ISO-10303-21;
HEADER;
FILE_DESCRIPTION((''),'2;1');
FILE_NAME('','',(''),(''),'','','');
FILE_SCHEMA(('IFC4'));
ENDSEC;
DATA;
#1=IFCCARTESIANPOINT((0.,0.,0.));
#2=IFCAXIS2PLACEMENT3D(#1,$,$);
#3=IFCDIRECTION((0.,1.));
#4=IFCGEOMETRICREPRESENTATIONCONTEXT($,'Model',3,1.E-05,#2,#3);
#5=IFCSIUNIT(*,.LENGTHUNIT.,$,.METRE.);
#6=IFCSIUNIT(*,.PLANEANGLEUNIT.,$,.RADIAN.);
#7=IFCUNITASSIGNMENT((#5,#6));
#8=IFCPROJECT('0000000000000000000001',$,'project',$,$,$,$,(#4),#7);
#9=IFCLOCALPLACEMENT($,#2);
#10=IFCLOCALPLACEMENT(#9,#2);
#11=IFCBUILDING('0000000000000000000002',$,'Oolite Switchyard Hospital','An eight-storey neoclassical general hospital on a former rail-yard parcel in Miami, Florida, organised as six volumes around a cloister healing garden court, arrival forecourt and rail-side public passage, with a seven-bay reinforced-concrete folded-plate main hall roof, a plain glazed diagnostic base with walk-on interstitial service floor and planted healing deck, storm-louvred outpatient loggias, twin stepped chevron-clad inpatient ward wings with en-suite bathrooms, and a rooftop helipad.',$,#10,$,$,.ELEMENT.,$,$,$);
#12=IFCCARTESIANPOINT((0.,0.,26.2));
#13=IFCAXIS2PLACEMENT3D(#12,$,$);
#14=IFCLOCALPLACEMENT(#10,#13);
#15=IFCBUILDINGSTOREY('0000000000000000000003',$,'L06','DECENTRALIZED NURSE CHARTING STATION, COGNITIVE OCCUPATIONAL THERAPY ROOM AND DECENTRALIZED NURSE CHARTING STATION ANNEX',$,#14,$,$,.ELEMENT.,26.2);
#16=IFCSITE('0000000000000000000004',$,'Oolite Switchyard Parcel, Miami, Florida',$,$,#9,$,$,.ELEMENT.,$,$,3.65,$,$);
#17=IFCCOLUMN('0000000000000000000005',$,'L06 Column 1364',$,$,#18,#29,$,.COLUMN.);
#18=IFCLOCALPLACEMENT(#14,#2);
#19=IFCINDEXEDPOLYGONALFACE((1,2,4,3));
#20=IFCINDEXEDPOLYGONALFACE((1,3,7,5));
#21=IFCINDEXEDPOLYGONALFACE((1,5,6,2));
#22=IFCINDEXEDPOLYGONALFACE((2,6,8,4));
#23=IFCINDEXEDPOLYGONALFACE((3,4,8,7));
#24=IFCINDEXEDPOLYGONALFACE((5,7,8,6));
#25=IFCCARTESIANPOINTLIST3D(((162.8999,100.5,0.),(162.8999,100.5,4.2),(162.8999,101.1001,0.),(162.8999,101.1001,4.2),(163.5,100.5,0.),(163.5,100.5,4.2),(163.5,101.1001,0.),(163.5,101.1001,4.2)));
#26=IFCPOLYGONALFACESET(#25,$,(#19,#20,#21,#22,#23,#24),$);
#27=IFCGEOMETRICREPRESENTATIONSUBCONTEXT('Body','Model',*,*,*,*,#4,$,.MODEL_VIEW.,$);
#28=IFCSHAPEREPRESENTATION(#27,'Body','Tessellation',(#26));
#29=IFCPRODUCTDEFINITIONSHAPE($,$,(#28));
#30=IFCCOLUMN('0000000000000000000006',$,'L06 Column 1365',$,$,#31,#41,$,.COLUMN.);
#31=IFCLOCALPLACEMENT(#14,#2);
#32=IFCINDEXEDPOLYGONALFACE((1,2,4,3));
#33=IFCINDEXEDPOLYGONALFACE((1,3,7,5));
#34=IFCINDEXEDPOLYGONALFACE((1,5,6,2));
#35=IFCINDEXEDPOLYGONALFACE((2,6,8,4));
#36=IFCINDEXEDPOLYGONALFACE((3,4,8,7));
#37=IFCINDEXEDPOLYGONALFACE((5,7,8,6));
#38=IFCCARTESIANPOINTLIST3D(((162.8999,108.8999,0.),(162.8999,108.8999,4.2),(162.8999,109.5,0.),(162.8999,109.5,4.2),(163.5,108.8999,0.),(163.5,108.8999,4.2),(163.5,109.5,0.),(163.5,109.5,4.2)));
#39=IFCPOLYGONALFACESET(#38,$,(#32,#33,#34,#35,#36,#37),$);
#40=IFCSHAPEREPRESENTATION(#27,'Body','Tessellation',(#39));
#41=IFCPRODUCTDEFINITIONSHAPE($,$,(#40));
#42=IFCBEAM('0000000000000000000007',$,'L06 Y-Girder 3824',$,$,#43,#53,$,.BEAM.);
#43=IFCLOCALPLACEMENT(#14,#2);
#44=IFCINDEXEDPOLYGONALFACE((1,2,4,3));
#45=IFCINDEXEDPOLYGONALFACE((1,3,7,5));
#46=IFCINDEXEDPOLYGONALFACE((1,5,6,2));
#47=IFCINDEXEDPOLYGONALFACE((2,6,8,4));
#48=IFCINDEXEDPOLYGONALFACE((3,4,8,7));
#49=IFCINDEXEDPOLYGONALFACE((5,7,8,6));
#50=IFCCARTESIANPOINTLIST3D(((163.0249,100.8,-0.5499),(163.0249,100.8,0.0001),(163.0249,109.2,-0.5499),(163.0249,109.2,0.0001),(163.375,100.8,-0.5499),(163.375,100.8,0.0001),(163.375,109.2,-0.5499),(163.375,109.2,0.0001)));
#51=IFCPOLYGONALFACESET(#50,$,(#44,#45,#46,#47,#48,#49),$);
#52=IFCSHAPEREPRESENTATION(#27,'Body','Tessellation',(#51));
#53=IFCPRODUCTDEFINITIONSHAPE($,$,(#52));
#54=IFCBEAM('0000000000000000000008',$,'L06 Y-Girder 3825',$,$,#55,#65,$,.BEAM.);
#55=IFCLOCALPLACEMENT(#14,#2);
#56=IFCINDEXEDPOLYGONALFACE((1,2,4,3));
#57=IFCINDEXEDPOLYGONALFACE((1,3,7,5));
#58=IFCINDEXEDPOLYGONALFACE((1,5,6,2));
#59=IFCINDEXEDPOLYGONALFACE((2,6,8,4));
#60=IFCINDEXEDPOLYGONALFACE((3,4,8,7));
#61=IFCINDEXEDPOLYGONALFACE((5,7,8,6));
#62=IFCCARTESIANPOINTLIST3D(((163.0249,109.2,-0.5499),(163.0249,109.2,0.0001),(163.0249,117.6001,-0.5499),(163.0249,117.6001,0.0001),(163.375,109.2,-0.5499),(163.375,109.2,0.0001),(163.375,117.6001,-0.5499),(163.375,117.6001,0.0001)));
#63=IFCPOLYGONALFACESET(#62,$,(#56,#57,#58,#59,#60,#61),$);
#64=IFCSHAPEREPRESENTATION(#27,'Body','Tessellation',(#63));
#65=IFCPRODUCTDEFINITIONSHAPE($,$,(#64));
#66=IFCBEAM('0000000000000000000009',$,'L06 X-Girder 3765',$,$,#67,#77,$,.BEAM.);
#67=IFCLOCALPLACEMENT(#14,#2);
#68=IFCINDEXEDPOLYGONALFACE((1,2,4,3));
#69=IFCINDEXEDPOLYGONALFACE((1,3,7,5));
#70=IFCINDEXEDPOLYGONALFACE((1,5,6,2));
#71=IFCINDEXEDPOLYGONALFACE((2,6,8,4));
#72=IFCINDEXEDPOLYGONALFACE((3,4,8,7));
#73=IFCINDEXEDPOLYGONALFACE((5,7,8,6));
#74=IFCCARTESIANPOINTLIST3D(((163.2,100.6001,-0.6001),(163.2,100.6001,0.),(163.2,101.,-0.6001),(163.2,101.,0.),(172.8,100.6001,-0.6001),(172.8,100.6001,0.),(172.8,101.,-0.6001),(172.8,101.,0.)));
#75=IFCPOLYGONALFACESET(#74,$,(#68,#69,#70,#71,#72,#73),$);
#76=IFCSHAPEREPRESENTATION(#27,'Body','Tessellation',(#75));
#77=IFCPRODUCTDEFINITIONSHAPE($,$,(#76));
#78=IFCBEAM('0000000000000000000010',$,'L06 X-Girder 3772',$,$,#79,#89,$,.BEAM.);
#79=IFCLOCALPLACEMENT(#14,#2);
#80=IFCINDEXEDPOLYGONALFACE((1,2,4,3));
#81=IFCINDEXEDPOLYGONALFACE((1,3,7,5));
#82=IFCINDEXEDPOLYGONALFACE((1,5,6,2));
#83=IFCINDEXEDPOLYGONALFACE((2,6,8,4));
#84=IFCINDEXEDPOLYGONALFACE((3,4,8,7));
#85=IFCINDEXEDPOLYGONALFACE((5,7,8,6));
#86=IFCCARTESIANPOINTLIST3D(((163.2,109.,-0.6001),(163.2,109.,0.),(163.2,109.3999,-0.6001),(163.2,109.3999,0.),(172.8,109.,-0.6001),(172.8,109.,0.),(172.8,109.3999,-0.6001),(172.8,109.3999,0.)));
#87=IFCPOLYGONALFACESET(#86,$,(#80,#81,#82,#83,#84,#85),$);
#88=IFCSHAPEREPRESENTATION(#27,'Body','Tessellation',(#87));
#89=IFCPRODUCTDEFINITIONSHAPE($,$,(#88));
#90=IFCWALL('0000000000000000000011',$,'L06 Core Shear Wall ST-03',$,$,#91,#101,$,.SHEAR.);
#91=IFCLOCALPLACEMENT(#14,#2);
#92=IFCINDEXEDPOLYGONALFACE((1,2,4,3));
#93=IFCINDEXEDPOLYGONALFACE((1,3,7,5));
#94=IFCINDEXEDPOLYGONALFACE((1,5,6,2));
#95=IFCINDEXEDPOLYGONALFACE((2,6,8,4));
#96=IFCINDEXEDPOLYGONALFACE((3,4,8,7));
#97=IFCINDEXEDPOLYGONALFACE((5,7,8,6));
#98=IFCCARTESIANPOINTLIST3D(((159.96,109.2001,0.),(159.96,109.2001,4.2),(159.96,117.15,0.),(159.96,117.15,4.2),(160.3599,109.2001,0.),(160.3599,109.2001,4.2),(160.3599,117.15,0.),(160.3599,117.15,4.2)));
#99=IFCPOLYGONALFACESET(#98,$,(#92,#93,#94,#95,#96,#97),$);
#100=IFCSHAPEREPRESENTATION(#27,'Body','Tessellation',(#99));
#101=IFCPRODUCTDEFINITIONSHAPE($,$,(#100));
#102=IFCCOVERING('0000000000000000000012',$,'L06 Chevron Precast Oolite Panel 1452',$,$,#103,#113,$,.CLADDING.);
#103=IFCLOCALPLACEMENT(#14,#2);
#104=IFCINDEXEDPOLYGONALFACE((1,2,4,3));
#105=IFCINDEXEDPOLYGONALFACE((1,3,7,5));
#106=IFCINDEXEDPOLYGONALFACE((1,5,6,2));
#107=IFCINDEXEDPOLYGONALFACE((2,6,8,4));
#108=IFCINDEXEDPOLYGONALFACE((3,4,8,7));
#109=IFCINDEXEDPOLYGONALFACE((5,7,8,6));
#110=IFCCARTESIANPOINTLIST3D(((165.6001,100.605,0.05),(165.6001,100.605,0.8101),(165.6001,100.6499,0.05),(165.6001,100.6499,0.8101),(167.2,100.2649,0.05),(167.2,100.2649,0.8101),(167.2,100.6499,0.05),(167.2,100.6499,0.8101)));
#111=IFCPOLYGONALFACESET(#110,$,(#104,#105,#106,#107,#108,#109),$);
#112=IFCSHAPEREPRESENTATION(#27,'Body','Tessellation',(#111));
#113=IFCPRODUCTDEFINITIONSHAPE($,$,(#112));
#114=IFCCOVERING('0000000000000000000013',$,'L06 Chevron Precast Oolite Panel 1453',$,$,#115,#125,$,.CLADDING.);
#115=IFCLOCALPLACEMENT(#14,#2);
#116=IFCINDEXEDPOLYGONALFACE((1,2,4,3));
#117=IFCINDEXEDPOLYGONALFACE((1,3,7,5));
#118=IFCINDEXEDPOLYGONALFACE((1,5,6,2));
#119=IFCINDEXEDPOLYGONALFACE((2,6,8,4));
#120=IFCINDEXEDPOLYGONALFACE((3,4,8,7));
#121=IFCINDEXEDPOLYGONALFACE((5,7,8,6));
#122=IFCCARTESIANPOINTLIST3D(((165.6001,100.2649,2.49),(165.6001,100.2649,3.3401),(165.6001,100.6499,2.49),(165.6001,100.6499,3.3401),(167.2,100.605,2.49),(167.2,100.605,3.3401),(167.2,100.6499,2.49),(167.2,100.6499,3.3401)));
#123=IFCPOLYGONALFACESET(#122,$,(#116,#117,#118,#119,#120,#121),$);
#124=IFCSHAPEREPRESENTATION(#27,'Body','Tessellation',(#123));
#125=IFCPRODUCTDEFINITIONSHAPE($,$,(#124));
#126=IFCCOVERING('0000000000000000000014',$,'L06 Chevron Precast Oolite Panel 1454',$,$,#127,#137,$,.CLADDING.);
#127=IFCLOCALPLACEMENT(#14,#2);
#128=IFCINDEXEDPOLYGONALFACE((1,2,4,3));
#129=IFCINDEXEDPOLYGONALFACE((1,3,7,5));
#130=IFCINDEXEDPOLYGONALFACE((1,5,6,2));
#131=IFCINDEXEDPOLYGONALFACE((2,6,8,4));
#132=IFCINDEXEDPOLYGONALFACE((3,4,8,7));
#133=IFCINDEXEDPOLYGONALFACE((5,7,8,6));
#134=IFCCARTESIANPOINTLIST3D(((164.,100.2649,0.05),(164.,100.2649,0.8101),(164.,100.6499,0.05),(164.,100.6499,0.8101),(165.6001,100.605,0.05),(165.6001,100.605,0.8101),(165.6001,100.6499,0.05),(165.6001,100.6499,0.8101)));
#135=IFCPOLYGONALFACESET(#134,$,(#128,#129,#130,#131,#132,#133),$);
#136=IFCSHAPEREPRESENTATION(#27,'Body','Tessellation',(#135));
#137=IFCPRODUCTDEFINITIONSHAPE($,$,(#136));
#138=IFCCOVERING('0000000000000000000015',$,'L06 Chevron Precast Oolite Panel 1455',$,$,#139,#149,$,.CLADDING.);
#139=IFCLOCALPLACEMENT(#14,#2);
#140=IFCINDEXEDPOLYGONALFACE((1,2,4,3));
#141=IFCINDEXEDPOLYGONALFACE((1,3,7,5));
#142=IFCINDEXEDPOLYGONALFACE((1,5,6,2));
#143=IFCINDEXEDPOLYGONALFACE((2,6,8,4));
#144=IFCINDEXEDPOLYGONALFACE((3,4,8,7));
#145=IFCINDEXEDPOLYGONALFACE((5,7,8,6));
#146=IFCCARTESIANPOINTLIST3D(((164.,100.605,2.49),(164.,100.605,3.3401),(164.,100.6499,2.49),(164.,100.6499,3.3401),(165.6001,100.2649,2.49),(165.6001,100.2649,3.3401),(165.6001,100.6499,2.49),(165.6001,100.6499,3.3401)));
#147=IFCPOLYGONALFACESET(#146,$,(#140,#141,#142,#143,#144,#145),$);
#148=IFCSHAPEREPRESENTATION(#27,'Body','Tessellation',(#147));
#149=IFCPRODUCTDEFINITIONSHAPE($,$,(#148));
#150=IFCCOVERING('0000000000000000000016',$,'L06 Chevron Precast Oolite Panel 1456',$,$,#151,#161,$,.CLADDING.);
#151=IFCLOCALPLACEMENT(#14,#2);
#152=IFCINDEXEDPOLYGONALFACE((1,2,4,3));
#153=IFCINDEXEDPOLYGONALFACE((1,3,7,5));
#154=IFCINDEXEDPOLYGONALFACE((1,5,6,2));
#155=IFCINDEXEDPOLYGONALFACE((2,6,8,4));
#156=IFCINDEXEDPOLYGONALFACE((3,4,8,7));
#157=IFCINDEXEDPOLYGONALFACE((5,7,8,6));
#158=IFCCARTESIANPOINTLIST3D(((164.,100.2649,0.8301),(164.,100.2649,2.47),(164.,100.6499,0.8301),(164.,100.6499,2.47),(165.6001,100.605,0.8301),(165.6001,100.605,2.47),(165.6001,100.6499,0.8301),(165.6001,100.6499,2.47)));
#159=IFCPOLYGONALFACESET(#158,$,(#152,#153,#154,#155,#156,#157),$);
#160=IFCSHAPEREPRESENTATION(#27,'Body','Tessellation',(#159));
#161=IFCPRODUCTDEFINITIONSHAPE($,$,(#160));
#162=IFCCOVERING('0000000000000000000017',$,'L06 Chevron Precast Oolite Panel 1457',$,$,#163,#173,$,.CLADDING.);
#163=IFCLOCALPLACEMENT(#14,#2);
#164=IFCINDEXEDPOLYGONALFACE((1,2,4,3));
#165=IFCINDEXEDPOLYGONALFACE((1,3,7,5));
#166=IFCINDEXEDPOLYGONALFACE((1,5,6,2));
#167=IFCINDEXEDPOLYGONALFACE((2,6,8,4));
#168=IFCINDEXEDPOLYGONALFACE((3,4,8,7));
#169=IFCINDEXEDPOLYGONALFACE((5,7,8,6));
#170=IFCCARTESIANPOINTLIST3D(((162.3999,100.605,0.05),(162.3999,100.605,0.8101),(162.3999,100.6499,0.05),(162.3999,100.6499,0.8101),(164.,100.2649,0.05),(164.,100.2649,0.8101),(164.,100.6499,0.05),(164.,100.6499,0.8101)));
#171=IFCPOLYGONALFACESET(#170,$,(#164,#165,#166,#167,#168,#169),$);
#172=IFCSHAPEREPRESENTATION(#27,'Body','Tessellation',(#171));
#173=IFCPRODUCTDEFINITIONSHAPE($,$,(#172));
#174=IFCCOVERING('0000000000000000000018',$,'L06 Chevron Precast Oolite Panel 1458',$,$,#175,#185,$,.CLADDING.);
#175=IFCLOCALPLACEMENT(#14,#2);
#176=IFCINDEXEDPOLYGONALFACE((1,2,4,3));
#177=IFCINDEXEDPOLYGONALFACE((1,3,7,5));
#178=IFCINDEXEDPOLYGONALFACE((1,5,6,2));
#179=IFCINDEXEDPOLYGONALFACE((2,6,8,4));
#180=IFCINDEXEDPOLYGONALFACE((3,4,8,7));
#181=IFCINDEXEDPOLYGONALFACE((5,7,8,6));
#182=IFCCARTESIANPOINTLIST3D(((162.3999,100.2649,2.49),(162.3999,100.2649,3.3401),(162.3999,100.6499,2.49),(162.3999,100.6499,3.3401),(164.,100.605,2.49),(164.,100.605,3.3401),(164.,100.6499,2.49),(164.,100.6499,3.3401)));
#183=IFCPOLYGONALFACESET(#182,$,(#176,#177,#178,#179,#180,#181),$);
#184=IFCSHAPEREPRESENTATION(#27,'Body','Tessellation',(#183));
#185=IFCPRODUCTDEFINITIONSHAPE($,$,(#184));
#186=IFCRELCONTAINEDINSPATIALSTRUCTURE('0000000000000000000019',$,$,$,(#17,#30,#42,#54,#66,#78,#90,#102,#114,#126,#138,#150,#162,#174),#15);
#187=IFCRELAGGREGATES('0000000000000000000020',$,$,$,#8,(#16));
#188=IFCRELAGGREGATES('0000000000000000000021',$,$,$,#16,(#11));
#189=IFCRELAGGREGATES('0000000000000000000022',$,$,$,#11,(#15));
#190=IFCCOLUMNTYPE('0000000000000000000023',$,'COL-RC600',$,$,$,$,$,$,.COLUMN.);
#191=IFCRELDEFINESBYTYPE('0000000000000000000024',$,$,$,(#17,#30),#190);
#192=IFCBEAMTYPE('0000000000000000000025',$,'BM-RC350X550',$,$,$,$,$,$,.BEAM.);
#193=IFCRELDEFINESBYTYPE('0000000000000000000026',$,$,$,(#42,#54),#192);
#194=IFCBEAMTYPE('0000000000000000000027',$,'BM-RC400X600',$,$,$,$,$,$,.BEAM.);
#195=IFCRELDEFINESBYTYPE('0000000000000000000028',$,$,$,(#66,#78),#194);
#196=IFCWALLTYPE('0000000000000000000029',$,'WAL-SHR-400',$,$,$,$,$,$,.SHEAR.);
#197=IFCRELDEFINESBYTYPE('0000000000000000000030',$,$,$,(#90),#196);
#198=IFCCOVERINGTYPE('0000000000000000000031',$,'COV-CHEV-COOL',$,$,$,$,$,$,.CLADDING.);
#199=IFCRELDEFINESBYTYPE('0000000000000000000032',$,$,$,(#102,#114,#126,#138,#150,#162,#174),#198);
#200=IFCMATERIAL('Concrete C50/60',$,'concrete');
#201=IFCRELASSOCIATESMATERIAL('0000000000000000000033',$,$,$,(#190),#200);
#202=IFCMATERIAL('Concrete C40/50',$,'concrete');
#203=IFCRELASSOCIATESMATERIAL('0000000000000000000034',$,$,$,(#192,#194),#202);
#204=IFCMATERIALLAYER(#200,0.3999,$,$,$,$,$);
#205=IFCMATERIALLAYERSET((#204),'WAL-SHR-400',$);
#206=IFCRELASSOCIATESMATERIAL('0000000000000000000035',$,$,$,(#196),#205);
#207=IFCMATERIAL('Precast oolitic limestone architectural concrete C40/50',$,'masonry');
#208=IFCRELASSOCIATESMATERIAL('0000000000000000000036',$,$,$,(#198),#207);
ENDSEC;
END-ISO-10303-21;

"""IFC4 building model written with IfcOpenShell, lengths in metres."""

from ifc_helpers import new_model, si_unit, direction, frame, frame_2d, origin, origin_2d, place, context, subcontext, project, spatial, polyline, rectangle, outline, extrude, material, layer, layer_set, material_profile, profile_set, type_object, element, save


model = new_model("IFC4")

# Units and contexts
model_context = context("Model", 3, precision=1e-05, world=origin(), true_north=direction((0.0, 1.0)))
body_context = subcontext(model_context, "Body", "Model", "MODEL_VIEW")
ifc_project = project(units=[si_unit("LENGTHUNIT", "METRE"), si_unit("PLANEANGLEUNIT", "RADIAN")], contexts=[model_context])

# Site, building, storey
site_placement = place(None, origin())
site = spatial("IfcSite", under=ifc_project, at=site_placement, Name="Oolite Switchyard Parcel, Miami, Florida", CompositionType="ELEMENT", RefElevation=3.65)
building_placement = place(site_placement, origin())
building = spatial("IfcBuilding", under=site, at=building_placement, Name="Oolite Switchyard Hospital", Description="An eight-storey neoclassical general hospital on a former rail-yard parcel in Miami, Florida, organised as six volumes around a cloister healing garden court, arrival forecourt and rail-side public passage, with a seven-bay reinforced-concrete folded-plate main hall roof, a plain glazed diagnostic base with walk-on interstitial service floor and planted healing deck, storm-louvred outpatient loggias, twin stepped chevron-clad inpatient ward wings with en-suite bathrooms, and a rooftop helipad.", CompositionType="ELEMENT")
storey_placement = place(building_placement, frame((0.0, 0.0, 26.2)))
storey = spatial("IfcBuildingStorey", under=building, at=storey_placement, Name="L06", Description="DECENTRALIZED NURSE CHARTING STATION, COGNITIVE OCCUPATIONAL THERAPY ROOM AND DECENTRALIZED NURSE CHARTING STATION ANNEX", CompositionType="ELEMENT", Elevation=26.2)

# Columns
ifc_material_1 = material(Name="Concrete C50/60", Category="concrete")
ifc_material_profile_1 = material_profile(ifc_material_1, rectangle(XDim=0.6001, YDim=0.6001, at=origin_2d()), Name="RC600X600")
ifc_profile_set_1 = profile_set([ifc_material_profile_1], Name="Concrete C50/60")
column_type = type_object("IfcColumnType", Name="COL-RC600", PredefinedType="COLUMN", material=ifc_profile_set_1)
for number, where, z_axis, x_axis, name in (
    (1, (163.2, 100.8, 0.0), (0.0, 0.0, 1.0), (1.0, 0.0, 0.0), "L06 Column 1364"),
    (2, (163.2, 109.2, 0.0), (0.0, 0.0, 1.0), (1.0, 0.0, 0.0), "L06 Column 1365"),
):
    element("IfcColumn", number, at=place(storey_placement, frame(where, z_axis=z_axis, x_axis=x_axis)), inside=storey, type_object=column_type, Name=name, PredefinedType="COLUMN", context=body_context, shape_type="SweptSolid", body=[
        extrude(rectangle(XDim=0.6001, YDim=0.6001, at=origin_2d()), origin(), (0.0, 0.0, 1.0), 4.2),
    ])

# Beams
ifc_material_2 = material(Name="Concrete C40/50", Category="concrete")
ifc_material_profile_2 = material_profile(ifc_material_2, rectangle(XDim=0.3501, YDim=0.55, at=origin_2d()), Name="RCB350X550")
ifc_profile_set_2 = profile_set([ifc_material_profile_2], Name="Concrete C40/50")
beam_type_1 = type_object("IfcBeamType", Name="BM-RC350X550", PredefinedType="BEAM", material=ifc_profile_set_2)
beam_1_placement = place(storey_placement, frame((163.2, 100.8, -0.2749), z_axis=(0.0, 1.0, 0.0), x_axis=(-1.0, 0.0, 0.0)))
element("IfcBeam", 3, at=beam_1_placement, inside=storey, type_object=beam_type_1, Name="L06 Y-Girder 3824", PredefinedType="BEAM", context=body_context, shape_type="SweptSolid", body=[
    extrude(rectangle(XDim=0.3501, YDim=0.55, at=origin_2d()), origin(), (0.0, 0.0, 1.0), 8.3999),
])
beam_2_placement = place(storey_placement, frame((163.2, 109.2, -0.2749), z_axis=(0.0, 1.0, 0.0), x_axis=(-1.0, 0.0, 0.0)))
element("IfcBeam", 4, at=beam_2_placement, inside=storey, type_object=beam_type_1, Name="L06 Y-Girder 3825", PredefinedType="BEAM", context=body_context, shape_type="SweptSolid", body=[
    extrude(rectangle(XDim=0.3501, YDim=0.55, at=origin_2d()), origin(), (0.0, 0.0, 1.0), 8.4001),
])
ifc_material_profile_3 = material_profile(ifc_material_2, rectangle(XDim=0.3999, YDim=0.6001, at=origin_2d()), Name="RCB400X600")
ifc_profile_set_3 = profile_set([ifc_material_profile_3], Name="Concrete C40/50")
beam_type_2 = type_object("IfcBeamType", Name="BM-RC400X600", PredefinedType="BEAM", material=ifc_profile_set_3)
for number, where, z_axis, x_axis, name in (
    (5, (163.2, 100.8, -0.3), (1.0, 0.0, 0.0), (0.0, 1.0, 0.0), "L06 X-Girder 3765"),
    (6, (163.2, 109.2, -0.3), (1.0, 0.0, 0.0), (0.0, 1.0, 0.0), "L06 X-Girder 3772"),
):
    element("IfcBeam", number, at=place(storey_placement, frame(where, z_axis=z_axis, x_axis=x_axis)), inside=storey, type_object=beam_type_2, Name=name, PredefinedType="BEAM", context=body_context, shape_type="SweptSolid", body=[
        extrude(rectangle(XDim=0.3999, YDim=0.6001, at=origin_2d()), origin(), (0.0, 0.0, 1.0), 9.6001),
    ])

# Wall
ifc_layer = layer(ifc_material_1, 0.3999)
ifc_layer_set = layer_set([ifc_layer], Name="WAL-SHR-400")
wall_type = type_object("IfcWallType", Name="WAL-SHR-400", PredefinedType="SHEAR", material=ifc_layer_set)
wall_placement = place(storey_placement, frame((160.1599, 109.2, 0.0), z_axis=(0.0, 0.0, 1.0), x_axis=(0.0, 1.0, 0.0)))
element("IfcWall", 7, at=wall_placement, inside=storey, type_object=wall_type, Name="L06 Core Shear Wall ST-03", PredefinedType="SHEAR", context=body_context, shape_type="SweptSolid", body=[
    extrude(rectangle(XDim=7.95, YDim=0.3999, at=frame_2d((3.9751, 0.0))), origin(), (0.0, 0.0, 1.0), 4.2),
])

# Coverings
ifc_material_3 = material(Name="Precast oolitic limestone architectural concrete C40/50", Category="masonry")
covering_type = type_object("IfcCoveringType", Name="COV-CHEV-COOL", PredefinedType="CLADDING", material=ifc_material_3)
covering_1_placement = place(storey_placement, frame((167.2, 100.6499, 0.05), z_axis=(0.0, 0.0, 1.0), x_axis=(-1.0, 0.0, 0.0)))
element("IfcCovering", 8, at=covering_1_placement, inside=storey, type_object=covering_type, Name="L06 Chevron Precast Oolite Panel 1452", PredefinedType="CLADDING", context=body_context, shape_type="SweptSolid", body=[
    extrude(outline(polyline([(0.0, 0.0), (1.5999, 0.0), (1.5999, 0.0449), (0.0, 0.385), (0.0, 0.0)])), origin(), (0.0, 0.0, 1.0), 0.76),
])
covering_2_placement = place(storey_placement, frame((167.2, 100.6499, 2.49), z_axis=(0.0, 0.0, 1.0), x_axis=(-1.0, 0.0, 0.0)))
element("IfcCovering", 9, at=covering_2_placement, inside=storey, type_object=covering_type, Name="L06 Chevron Precast Oolite Panel 1453", PredefinedType="CLADDING", context=body_context, shape_type="SweptSolid", body=[
    extrude(outline(polyline([(0.0, 0.0), (1.5999, 0.0), (1.5999, 0.385), (0.0, 0.0449), (0.0, 0.0)])), origin(), (0.0, 0.0, 1.0), 0.8501),
])
covering_3_placement = place(storey_placement, frame((165.6001, 100.6499, 0.05), z_axis=(0.0, 0.0, 1.0), x_axis=(-1.0, 0.0, 0.0)))
element("IfcCovering", 10, at=covering_3_placement, inside=storey, type_object=covering_type, Name="L06 Chevron Precast Oolite Panel 1454", PredefinedType="CLADDING", context=body_context, shape_type="SweptSolid", body=[
    extrude(outline(polyline([(0.0, 0.0), (1.6001, 0.0), (1.6001, 0.385), (0.0, 0.0449), (0.0, 0.0)])), origin(), (0.0, 0.0, 1.0), 0.76),
])
covering_4_placement = place(storey_placement, frame((165.6001, 100.6499, 2.49), z_axis=(0.0, 0.0, 1.0), x_axis=(-1.0, 0.0, 0.0)))
element("IfcCovering", 11, at=covering_4_placement, inside=storey, type_object=covering_type, Name="L06 Chevron Precast Oolite Panel 1455", PredefinedType="CLADDING", context=body_context, shape_type="SweptSolid", body=[
    extrude(outline(polyline([(0.0, 0.0), (1.6001, 0.0), (1.6001, 0.0449), (0.0, 0.385), (0.0, 0.0)])), origin(), (0.0, 0.0, 1.0), 0.8501),
])
covering_5_placement = place(storey_placement, frame((165.6001, 100.6499, 0.8301), z_axis=(0.0, 0.0, 1.0), x_axis=(-1.0, 0.0, 0.0)))
element("IfcCovering", 12, at=covering_5_placement, inside=storey, type_object=covering_type, Name="L06 Chevron Precast Oolite Panel 1456", PredefinedType="CLADDING", context=body_context, shape_type="SweptSolid", body=[
    extrude(outline(polyline([(0.0, 0.0), (1.6001, 0.0), (1.6001, 0.385), (0.0, 0.0449), (0.0, 0.0)])), origin(), (0.0, 0.0, 1.0), 1.6399),
])
covering_6_placement = place(storey_placement, frame((164.0, 100.6499, 0.05), z_axis=(0.0, 0.0, 1.0), x_axis=(-1.0, 0.0, 0.0)))
element("IfcCovering", 13, at=covering_6_placement, inside=storey, type_object=covering_type, Name="L06 Chevron Precast Oolite Panel 1457", PredefinedType="CLADDING", context=body_context, shape_type="SweptSolid", body=[
    extrude(outline(polyline([(0.0, 0.0), (1.6001, 0.0), (1.6001, 0.0449), (0.0, 0.385), (0.0, 0.0)])), origin(), (0.0, 0.0, 1.0), 0.76),
])
covering_7_placement = place(storey_placement, frame((164.0, 100.6499, 2.49), z_axis=(0.0, 0.0, 1.0), x_axis=(-1.0, 0.0, 0.0)))
element("IfcCovering", 14, at=covering_7_placement, inside=storey, type_object=covering_type, Name="L06 Chevron Precast Oolite Panel 1458", PredefinedType="CLADDING", context=body_context, shape_type="SweptSolid", body=[
    extrude(outline(polyline([(0.0, 0.0), (1.6001, 0.0), (1.6001, 0.385), (0.0, 0.0449), (0.0, 0.0)])), origin(), (0.0, 0.0, 1.0), 0.8501),
])

save(model, "model.ifc")
